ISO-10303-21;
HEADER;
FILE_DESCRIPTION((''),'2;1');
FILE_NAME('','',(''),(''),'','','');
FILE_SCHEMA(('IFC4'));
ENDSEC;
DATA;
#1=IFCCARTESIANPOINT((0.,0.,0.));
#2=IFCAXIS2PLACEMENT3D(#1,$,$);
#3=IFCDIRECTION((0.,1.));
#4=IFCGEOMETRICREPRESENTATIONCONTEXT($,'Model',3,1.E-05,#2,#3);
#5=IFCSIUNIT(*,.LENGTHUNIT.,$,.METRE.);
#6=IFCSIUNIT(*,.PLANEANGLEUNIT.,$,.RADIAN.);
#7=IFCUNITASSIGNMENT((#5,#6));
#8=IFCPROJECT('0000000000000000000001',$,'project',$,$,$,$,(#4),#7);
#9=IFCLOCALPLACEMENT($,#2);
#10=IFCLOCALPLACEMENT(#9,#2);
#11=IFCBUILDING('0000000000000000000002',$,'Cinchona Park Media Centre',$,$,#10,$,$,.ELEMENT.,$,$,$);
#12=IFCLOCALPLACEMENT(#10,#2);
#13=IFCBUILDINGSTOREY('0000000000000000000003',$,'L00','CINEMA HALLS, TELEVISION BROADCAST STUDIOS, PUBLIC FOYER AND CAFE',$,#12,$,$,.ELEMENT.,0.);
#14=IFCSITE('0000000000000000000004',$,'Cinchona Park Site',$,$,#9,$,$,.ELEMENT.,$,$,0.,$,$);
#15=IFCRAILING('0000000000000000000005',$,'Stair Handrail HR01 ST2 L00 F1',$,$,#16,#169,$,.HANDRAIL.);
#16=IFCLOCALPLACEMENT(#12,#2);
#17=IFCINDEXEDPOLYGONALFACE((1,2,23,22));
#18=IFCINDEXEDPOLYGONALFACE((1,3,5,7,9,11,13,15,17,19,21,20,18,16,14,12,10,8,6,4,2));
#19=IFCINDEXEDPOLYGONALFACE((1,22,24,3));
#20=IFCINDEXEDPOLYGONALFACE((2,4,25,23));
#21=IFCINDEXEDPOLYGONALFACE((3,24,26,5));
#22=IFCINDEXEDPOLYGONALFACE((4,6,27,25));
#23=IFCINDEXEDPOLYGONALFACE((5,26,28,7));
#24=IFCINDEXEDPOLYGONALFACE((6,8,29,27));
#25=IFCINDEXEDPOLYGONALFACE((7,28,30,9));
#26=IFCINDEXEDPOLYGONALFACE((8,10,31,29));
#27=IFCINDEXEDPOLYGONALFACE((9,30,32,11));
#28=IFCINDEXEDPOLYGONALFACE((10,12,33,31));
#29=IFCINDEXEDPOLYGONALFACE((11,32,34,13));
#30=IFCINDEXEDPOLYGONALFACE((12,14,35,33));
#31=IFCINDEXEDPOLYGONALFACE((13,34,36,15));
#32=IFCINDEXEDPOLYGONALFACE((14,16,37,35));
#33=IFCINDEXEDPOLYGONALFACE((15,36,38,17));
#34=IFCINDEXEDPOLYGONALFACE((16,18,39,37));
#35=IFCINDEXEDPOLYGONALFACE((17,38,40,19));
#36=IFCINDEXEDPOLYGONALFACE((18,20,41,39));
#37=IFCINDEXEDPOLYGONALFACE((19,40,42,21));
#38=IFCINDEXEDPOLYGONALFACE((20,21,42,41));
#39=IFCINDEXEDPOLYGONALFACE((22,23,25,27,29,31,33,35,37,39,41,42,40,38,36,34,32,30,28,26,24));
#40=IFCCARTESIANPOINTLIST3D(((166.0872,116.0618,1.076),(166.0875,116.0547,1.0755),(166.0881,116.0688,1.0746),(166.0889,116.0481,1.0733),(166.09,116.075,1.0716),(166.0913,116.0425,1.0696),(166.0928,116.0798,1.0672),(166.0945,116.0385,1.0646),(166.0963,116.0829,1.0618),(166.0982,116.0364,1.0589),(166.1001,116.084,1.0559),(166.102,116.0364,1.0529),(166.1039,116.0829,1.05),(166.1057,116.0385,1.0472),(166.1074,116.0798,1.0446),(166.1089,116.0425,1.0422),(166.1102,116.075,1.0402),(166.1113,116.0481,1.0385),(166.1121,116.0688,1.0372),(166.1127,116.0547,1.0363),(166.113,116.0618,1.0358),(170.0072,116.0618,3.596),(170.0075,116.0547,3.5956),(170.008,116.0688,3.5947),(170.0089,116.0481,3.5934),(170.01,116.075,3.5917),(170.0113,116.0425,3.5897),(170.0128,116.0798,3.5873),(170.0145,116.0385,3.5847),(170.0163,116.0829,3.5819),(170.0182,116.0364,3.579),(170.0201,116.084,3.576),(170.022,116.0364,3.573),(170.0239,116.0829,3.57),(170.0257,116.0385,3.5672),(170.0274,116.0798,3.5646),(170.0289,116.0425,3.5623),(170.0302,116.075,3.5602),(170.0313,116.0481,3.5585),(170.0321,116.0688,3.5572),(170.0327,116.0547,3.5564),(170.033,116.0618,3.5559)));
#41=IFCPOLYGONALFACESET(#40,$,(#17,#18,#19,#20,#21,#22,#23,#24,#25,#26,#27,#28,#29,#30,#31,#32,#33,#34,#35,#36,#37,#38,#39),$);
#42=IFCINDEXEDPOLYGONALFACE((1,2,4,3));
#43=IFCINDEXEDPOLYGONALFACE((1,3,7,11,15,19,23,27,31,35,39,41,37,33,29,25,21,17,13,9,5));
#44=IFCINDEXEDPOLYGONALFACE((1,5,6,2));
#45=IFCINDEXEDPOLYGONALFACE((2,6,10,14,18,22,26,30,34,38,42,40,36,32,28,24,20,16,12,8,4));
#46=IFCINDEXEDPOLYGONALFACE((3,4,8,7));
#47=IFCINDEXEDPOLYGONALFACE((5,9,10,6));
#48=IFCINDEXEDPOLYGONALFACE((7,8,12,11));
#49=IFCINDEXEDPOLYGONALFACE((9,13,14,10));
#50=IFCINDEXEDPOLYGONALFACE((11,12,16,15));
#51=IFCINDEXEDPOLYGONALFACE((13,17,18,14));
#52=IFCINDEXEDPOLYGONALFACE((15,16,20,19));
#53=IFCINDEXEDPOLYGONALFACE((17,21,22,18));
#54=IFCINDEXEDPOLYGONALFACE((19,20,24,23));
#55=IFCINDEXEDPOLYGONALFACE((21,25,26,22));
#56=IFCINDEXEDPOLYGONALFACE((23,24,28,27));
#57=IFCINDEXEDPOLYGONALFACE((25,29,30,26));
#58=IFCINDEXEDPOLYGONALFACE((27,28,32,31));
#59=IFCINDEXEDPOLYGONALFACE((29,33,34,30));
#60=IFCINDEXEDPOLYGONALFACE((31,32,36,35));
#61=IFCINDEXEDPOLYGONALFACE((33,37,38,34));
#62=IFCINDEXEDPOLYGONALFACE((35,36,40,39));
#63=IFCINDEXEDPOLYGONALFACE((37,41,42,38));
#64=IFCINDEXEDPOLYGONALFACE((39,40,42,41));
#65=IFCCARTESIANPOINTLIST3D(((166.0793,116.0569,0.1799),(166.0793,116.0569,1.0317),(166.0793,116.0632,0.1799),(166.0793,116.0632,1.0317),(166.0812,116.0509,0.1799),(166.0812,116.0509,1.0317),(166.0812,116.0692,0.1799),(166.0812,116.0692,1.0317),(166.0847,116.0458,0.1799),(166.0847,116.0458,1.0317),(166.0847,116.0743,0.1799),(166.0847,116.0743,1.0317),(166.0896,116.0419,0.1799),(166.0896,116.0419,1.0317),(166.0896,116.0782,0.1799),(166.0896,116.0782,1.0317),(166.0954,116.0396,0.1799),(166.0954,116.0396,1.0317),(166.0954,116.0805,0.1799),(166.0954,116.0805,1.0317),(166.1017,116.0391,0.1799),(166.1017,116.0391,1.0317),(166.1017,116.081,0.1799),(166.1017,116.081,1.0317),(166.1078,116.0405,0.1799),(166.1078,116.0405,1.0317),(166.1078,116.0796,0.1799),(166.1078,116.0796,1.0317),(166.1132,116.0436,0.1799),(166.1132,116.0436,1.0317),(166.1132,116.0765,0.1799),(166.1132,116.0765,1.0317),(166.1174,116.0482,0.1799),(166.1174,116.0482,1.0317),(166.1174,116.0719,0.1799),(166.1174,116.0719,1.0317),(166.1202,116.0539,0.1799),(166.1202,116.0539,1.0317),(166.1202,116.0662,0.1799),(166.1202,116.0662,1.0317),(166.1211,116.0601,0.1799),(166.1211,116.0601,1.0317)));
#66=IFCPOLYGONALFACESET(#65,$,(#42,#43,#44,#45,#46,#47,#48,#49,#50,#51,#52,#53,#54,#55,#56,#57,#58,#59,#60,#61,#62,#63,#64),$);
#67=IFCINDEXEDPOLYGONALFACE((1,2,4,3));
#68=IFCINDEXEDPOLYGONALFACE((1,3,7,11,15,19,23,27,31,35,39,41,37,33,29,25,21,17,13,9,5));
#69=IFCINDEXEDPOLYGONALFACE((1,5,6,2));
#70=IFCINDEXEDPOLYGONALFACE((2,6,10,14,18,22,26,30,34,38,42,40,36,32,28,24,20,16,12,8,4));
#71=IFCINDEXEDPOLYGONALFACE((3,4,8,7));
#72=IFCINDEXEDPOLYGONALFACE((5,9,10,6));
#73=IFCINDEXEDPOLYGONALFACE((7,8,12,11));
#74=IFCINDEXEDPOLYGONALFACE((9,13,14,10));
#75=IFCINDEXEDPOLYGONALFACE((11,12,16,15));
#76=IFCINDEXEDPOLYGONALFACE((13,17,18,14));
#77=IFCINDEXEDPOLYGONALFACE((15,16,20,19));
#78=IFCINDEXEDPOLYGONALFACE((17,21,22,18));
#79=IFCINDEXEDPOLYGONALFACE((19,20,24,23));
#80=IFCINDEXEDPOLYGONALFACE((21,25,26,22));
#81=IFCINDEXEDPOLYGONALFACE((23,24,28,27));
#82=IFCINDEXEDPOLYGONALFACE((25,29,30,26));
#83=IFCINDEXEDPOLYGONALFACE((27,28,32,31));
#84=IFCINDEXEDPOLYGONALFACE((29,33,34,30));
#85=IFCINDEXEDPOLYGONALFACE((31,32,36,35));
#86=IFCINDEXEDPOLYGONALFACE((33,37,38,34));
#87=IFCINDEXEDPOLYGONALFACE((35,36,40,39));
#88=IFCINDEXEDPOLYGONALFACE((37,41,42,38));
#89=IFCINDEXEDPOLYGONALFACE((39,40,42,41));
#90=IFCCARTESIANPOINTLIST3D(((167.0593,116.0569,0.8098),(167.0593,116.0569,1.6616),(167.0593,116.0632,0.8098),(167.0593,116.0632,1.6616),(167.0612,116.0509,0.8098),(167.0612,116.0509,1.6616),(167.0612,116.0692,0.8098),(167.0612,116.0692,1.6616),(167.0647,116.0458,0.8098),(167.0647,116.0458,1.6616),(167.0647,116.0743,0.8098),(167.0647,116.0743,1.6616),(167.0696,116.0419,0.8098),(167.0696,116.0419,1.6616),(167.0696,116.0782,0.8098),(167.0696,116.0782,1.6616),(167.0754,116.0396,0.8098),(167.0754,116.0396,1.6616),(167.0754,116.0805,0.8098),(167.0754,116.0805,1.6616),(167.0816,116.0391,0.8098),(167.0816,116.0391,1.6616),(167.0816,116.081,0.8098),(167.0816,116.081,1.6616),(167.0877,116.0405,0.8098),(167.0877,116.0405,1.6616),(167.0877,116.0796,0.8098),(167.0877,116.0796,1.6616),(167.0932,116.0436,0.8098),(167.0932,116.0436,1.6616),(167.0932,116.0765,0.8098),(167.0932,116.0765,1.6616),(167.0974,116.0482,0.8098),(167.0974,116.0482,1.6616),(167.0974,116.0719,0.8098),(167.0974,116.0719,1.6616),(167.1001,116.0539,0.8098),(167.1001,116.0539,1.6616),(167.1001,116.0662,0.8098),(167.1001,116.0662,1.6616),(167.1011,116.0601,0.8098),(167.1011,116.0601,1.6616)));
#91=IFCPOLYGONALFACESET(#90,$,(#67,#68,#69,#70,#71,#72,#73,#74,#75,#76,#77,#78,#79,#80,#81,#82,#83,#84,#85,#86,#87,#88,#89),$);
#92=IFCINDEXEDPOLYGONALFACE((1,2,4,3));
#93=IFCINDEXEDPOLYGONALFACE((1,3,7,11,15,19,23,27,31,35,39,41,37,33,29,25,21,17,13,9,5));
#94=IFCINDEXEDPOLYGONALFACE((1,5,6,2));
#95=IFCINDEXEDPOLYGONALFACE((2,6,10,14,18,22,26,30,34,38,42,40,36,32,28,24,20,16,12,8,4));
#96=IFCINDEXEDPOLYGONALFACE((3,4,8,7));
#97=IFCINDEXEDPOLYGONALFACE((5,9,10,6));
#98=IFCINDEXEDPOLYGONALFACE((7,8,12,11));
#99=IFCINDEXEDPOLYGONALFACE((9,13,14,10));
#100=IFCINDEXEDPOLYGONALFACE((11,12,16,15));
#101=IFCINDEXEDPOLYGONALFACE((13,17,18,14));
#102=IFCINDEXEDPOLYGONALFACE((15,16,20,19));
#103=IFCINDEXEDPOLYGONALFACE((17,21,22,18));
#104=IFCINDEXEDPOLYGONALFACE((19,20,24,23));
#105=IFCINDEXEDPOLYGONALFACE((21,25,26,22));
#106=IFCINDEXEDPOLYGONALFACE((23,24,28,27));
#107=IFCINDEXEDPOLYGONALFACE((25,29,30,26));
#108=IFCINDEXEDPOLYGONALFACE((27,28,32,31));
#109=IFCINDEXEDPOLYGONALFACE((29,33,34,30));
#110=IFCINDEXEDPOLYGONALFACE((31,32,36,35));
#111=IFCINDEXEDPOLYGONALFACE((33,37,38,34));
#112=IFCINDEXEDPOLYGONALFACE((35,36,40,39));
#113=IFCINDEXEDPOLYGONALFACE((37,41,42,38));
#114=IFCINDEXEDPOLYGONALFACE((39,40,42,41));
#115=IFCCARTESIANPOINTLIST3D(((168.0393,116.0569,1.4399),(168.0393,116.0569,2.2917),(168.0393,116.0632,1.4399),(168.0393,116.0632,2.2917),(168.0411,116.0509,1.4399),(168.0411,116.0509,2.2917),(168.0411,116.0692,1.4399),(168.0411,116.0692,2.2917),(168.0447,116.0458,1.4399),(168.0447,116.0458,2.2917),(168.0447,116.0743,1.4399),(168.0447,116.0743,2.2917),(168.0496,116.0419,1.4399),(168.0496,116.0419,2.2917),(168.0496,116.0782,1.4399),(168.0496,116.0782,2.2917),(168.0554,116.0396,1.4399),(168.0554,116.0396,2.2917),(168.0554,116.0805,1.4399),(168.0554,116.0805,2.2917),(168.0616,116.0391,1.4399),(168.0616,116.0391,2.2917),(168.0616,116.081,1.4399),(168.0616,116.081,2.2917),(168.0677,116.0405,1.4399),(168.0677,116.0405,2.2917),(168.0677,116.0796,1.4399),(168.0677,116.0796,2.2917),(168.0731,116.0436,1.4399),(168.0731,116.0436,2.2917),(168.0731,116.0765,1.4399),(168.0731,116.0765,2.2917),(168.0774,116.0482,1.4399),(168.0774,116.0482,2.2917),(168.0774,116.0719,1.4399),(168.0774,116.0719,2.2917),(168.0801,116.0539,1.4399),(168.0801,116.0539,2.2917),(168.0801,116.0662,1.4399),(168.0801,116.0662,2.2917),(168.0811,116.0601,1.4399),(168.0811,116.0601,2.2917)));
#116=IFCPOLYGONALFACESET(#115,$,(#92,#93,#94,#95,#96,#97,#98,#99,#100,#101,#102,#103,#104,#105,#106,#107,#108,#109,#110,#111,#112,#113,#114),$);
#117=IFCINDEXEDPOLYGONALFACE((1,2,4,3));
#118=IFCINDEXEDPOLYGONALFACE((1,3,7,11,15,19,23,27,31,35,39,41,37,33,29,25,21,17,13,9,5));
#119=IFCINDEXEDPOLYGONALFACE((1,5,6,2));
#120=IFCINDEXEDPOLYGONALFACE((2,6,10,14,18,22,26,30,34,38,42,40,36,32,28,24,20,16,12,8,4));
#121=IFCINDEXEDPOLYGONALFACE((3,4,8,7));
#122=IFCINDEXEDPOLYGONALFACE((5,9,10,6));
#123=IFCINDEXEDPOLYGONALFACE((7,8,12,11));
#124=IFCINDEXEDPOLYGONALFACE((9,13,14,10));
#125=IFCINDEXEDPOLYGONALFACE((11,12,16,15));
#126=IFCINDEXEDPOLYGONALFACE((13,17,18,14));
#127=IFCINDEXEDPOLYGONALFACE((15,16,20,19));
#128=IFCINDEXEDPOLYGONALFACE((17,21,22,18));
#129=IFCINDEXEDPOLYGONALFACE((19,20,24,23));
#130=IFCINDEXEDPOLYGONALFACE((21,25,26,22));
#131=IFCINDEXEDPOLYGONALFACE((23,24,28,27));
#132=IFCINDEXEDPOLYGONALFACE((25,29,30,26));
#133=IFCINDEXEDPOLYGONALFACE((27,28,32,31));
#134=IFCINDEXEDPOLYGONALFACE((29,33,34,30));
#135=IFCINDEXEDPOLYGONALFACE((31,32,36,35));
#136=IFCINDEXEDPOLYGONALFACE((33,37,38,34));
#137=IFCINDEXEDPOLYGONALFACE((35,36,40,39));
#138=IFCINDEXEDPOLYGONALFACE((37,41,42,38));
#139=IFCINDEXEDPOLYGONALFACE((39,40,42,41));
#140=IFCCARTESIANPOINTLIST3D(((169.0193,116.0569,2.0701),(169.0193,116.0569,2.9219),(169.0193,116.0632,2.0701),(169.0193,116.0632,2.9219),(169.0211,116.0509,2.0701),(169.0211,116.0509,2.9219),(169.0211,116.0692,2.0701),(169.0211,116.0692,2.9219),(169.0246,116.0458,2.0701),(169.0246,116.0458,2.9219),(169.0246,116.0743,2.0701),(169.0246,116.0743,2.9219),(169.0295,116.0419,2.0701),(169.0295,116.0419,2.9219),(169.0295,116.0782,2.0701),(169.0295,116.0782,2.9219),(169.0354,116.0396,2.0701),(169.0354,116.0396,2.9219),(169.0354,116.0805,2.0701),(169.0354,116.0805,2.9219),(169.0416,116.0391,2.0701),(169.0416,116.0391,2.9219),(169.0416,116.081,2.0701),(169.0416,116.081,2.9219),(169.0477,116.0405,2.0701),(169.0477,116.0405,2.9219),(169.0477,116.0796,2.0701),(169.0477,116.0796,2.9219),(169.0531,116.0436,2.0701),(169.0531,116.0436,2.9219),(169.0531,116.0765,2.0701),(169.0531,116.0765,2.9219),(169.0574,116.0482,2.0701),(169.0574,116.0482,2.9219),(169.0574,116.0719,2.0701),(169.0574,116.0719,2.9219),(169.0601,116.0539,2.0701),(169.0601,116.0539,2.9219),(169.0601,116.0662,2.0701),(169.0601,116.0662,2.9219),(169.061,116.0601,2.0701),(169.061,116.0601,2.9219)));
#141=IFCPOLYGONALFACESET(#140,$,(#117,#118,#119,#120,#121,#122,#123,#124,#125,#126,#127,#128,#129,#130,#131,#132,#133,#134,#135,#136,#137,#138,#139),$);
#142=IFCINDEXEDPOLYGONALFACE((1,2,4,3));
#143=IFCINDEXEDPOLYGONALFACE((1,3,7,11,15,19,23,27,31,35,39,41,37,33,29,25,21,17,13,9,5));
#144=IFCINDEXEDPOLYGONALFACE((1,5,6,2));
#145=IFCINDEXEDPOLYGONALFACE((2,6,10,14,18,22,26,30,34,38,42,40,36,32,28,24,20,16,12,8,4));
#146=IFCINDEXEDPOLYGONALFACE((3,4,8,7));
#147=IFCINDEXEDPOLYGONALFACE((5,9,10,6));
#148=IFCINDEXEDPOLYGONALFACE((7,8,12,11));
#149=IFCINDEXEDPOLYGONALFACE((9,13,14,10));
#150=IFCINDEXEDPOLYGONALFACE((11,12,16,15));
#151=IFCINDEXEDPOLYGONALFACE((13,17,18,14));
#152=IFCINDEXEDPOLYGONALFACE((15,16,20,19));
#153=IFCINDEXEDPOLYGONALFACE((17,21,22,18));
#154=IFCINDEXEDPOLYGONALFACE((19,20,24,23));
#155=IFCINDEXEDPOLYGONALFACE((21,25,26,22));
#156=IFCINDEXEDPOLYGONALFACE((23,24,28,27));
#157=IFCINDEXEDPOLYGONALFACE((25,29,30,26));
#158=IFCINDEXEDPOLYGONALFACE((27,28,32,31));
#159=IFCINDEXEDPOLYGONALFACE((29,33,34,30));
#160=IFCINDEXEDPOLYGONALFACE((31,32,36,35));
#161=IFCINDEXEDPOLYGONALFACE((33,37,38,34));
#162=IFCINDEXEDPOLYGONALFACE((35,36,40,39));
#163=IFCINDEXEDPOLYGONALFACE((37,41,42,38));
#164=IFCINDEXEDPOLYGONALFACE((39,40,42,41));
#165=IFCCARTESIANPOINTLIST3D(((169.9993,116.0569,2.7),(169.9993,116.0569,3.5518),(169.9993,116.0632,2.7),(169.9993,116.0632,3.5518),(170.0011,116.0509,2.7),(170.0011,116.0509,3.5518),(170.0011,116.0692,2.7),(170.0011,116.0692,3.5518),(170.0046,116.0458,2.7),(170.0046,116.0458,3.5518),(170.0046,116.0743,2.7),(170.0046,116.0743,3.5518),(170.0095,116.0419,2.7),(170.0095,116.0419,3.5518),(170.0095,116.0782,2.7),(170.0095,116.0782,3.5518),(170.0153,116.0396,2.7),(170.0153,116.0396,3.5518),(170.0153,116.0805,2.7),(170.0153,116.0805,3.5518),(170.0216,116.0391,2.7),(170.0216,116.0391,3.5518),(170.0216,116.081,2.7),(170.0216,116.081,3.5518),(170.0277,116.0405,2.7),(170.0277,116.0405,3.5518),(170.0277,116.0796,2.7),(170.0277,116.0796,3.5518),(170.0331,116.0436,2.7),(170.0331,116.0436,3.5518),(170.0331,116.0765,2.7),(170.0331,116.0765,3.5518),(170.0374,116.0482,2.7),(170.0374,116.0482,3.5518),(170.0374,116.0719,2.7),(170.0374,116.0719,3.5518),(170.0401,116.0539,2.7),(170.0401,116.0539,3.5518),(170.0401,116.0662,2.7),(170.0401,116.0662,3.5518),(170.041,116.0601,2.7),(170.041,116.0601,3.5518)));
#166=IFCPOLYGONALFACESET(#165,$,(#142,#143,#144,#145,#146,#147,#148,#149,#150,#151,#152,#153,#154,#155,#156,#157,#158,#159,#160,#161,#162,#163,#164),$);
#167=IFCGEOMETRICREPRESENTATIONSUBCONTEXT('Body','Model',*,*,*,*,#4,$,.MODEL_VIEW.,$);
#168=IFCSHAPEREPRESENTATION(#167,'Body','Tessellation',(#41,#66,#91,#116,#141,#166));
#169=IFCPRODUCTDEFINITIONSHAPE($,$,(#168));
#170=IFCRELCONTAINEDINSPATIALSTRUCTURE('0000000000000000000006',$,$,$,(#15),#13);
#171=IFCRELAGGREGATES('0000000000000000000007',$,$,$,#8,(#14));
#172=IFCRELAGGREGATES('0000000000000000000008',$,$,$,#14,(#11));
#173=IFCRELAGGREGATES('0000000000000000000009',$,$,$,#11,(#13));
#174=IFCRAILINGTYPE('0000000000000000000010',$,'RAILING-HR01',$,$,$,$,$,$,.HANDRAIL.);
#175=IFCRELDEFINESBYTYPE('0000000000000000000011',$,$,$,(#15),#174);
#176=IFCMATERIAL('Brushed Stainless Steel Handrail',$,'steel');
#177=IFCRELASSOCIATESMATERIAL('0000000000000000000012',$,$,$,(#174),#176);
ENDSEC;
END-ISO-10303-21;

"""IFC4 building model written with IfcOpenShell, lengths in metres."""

from ifc_helpers import new_model, si_unit, direction, frame, origin, origin_2d, place, context, subcontext, project, spatial, circle, extrude, material, type_object, element, save


model = new_model("IFC4")

# Units and contexts
model_context = context("Model", 3, precision=1e-05, world=origin(), true_north=direction((0.0, 1.0)))
body_context = subcontext(model_context, "Body", "Model", "MODEL_VIEW")
ifc_project = project(units=[si_unit("LENGTHUNIT", "METRE"), si_unit("PLANEANGLEUNIT", "RADIAN")], contexts=[model_context])

# Site, building, storey
site_placement = place(None, origin())
site = spatial("IfcSite", under=ifc_project, at=site_placement, Name="Cinchona Park Site", CompositionType="ELEMENT", RefElevation=0.0)
building_placement = place(site_placement, origin())
building = spatial("IfcBuilding", under=site, at=building_placement, Name="Cinchona Park Media Centre", CompositionType="ELEMENT")
storey_placement = place(building_placement, origin())
storey = spatial("IfcBuildingStorey", under=building, at=storey_placement, Name="L00", Description="CINEMA HALLS, TELEVISION BROADCAST STUDIOS, PUBLIC FOYER AND CAFE", CompositionType="ELEMENT", Elevation=0.0)

# Railing
ifc_material_1 = material(Name="Brushed Stainless Steel Handrail", Category="steel")
railing_type_1 = type_object("IfcRailingType", Name="RAILING-HR01", PredefinedType="HANDRAIL", material=ifc_material_1)
railing_1_placement = place(storey_placement, frame((166.1001, 116.0601, 0.1799)))
element("IfcRailing", 1, at=railing_1_placement, inside=storey, type_object=railing_type_1, Name="Stair Handrail HR01 ST2 L00 F1", PredefinedType="HANDRAIL", context=body_context, shape_type="SweptSolid", body=[
    extrude(circle(Radius=0.0239, at=origin_2d()), frame((0.0, 0.0, 0.876), z_axis=(0.841172, 0.0, 0.540768), x_axis=(0.0, 1.0, 0.0)), (0.0, 0.0, 1.0), 4.6602),
    extrude(circle(Radius=0.021, at=origin_2d()), origin(), (0.0, 0.0, 1.0), 0.8518),
    extrude(circle(Radius=0.021, at=origin_2d()), frame((0.98, 0.0, 0.6299)), (0.0, 0.0, 1.0), 0.8518),
    extrude(circle(Radius=0.021, at=origin_2d()), frame((1.96, 0.0, 1.26)), (0.0, 0.0, 1.0), 0.8518),
    extrude(circle(Radius=0.021, at=origin_2d()), frame((2.9399, 0.0, 1.8901)), (0.0, 0.0, 1.0), 0.8518),
    extrude(circle(Radius=0.021, at=origin_2d()), frame((3.9199, 0.0, 2.52)), (0.0, 0.0, 1.0), 0.8518),
])

save(model, "model.ifc")
